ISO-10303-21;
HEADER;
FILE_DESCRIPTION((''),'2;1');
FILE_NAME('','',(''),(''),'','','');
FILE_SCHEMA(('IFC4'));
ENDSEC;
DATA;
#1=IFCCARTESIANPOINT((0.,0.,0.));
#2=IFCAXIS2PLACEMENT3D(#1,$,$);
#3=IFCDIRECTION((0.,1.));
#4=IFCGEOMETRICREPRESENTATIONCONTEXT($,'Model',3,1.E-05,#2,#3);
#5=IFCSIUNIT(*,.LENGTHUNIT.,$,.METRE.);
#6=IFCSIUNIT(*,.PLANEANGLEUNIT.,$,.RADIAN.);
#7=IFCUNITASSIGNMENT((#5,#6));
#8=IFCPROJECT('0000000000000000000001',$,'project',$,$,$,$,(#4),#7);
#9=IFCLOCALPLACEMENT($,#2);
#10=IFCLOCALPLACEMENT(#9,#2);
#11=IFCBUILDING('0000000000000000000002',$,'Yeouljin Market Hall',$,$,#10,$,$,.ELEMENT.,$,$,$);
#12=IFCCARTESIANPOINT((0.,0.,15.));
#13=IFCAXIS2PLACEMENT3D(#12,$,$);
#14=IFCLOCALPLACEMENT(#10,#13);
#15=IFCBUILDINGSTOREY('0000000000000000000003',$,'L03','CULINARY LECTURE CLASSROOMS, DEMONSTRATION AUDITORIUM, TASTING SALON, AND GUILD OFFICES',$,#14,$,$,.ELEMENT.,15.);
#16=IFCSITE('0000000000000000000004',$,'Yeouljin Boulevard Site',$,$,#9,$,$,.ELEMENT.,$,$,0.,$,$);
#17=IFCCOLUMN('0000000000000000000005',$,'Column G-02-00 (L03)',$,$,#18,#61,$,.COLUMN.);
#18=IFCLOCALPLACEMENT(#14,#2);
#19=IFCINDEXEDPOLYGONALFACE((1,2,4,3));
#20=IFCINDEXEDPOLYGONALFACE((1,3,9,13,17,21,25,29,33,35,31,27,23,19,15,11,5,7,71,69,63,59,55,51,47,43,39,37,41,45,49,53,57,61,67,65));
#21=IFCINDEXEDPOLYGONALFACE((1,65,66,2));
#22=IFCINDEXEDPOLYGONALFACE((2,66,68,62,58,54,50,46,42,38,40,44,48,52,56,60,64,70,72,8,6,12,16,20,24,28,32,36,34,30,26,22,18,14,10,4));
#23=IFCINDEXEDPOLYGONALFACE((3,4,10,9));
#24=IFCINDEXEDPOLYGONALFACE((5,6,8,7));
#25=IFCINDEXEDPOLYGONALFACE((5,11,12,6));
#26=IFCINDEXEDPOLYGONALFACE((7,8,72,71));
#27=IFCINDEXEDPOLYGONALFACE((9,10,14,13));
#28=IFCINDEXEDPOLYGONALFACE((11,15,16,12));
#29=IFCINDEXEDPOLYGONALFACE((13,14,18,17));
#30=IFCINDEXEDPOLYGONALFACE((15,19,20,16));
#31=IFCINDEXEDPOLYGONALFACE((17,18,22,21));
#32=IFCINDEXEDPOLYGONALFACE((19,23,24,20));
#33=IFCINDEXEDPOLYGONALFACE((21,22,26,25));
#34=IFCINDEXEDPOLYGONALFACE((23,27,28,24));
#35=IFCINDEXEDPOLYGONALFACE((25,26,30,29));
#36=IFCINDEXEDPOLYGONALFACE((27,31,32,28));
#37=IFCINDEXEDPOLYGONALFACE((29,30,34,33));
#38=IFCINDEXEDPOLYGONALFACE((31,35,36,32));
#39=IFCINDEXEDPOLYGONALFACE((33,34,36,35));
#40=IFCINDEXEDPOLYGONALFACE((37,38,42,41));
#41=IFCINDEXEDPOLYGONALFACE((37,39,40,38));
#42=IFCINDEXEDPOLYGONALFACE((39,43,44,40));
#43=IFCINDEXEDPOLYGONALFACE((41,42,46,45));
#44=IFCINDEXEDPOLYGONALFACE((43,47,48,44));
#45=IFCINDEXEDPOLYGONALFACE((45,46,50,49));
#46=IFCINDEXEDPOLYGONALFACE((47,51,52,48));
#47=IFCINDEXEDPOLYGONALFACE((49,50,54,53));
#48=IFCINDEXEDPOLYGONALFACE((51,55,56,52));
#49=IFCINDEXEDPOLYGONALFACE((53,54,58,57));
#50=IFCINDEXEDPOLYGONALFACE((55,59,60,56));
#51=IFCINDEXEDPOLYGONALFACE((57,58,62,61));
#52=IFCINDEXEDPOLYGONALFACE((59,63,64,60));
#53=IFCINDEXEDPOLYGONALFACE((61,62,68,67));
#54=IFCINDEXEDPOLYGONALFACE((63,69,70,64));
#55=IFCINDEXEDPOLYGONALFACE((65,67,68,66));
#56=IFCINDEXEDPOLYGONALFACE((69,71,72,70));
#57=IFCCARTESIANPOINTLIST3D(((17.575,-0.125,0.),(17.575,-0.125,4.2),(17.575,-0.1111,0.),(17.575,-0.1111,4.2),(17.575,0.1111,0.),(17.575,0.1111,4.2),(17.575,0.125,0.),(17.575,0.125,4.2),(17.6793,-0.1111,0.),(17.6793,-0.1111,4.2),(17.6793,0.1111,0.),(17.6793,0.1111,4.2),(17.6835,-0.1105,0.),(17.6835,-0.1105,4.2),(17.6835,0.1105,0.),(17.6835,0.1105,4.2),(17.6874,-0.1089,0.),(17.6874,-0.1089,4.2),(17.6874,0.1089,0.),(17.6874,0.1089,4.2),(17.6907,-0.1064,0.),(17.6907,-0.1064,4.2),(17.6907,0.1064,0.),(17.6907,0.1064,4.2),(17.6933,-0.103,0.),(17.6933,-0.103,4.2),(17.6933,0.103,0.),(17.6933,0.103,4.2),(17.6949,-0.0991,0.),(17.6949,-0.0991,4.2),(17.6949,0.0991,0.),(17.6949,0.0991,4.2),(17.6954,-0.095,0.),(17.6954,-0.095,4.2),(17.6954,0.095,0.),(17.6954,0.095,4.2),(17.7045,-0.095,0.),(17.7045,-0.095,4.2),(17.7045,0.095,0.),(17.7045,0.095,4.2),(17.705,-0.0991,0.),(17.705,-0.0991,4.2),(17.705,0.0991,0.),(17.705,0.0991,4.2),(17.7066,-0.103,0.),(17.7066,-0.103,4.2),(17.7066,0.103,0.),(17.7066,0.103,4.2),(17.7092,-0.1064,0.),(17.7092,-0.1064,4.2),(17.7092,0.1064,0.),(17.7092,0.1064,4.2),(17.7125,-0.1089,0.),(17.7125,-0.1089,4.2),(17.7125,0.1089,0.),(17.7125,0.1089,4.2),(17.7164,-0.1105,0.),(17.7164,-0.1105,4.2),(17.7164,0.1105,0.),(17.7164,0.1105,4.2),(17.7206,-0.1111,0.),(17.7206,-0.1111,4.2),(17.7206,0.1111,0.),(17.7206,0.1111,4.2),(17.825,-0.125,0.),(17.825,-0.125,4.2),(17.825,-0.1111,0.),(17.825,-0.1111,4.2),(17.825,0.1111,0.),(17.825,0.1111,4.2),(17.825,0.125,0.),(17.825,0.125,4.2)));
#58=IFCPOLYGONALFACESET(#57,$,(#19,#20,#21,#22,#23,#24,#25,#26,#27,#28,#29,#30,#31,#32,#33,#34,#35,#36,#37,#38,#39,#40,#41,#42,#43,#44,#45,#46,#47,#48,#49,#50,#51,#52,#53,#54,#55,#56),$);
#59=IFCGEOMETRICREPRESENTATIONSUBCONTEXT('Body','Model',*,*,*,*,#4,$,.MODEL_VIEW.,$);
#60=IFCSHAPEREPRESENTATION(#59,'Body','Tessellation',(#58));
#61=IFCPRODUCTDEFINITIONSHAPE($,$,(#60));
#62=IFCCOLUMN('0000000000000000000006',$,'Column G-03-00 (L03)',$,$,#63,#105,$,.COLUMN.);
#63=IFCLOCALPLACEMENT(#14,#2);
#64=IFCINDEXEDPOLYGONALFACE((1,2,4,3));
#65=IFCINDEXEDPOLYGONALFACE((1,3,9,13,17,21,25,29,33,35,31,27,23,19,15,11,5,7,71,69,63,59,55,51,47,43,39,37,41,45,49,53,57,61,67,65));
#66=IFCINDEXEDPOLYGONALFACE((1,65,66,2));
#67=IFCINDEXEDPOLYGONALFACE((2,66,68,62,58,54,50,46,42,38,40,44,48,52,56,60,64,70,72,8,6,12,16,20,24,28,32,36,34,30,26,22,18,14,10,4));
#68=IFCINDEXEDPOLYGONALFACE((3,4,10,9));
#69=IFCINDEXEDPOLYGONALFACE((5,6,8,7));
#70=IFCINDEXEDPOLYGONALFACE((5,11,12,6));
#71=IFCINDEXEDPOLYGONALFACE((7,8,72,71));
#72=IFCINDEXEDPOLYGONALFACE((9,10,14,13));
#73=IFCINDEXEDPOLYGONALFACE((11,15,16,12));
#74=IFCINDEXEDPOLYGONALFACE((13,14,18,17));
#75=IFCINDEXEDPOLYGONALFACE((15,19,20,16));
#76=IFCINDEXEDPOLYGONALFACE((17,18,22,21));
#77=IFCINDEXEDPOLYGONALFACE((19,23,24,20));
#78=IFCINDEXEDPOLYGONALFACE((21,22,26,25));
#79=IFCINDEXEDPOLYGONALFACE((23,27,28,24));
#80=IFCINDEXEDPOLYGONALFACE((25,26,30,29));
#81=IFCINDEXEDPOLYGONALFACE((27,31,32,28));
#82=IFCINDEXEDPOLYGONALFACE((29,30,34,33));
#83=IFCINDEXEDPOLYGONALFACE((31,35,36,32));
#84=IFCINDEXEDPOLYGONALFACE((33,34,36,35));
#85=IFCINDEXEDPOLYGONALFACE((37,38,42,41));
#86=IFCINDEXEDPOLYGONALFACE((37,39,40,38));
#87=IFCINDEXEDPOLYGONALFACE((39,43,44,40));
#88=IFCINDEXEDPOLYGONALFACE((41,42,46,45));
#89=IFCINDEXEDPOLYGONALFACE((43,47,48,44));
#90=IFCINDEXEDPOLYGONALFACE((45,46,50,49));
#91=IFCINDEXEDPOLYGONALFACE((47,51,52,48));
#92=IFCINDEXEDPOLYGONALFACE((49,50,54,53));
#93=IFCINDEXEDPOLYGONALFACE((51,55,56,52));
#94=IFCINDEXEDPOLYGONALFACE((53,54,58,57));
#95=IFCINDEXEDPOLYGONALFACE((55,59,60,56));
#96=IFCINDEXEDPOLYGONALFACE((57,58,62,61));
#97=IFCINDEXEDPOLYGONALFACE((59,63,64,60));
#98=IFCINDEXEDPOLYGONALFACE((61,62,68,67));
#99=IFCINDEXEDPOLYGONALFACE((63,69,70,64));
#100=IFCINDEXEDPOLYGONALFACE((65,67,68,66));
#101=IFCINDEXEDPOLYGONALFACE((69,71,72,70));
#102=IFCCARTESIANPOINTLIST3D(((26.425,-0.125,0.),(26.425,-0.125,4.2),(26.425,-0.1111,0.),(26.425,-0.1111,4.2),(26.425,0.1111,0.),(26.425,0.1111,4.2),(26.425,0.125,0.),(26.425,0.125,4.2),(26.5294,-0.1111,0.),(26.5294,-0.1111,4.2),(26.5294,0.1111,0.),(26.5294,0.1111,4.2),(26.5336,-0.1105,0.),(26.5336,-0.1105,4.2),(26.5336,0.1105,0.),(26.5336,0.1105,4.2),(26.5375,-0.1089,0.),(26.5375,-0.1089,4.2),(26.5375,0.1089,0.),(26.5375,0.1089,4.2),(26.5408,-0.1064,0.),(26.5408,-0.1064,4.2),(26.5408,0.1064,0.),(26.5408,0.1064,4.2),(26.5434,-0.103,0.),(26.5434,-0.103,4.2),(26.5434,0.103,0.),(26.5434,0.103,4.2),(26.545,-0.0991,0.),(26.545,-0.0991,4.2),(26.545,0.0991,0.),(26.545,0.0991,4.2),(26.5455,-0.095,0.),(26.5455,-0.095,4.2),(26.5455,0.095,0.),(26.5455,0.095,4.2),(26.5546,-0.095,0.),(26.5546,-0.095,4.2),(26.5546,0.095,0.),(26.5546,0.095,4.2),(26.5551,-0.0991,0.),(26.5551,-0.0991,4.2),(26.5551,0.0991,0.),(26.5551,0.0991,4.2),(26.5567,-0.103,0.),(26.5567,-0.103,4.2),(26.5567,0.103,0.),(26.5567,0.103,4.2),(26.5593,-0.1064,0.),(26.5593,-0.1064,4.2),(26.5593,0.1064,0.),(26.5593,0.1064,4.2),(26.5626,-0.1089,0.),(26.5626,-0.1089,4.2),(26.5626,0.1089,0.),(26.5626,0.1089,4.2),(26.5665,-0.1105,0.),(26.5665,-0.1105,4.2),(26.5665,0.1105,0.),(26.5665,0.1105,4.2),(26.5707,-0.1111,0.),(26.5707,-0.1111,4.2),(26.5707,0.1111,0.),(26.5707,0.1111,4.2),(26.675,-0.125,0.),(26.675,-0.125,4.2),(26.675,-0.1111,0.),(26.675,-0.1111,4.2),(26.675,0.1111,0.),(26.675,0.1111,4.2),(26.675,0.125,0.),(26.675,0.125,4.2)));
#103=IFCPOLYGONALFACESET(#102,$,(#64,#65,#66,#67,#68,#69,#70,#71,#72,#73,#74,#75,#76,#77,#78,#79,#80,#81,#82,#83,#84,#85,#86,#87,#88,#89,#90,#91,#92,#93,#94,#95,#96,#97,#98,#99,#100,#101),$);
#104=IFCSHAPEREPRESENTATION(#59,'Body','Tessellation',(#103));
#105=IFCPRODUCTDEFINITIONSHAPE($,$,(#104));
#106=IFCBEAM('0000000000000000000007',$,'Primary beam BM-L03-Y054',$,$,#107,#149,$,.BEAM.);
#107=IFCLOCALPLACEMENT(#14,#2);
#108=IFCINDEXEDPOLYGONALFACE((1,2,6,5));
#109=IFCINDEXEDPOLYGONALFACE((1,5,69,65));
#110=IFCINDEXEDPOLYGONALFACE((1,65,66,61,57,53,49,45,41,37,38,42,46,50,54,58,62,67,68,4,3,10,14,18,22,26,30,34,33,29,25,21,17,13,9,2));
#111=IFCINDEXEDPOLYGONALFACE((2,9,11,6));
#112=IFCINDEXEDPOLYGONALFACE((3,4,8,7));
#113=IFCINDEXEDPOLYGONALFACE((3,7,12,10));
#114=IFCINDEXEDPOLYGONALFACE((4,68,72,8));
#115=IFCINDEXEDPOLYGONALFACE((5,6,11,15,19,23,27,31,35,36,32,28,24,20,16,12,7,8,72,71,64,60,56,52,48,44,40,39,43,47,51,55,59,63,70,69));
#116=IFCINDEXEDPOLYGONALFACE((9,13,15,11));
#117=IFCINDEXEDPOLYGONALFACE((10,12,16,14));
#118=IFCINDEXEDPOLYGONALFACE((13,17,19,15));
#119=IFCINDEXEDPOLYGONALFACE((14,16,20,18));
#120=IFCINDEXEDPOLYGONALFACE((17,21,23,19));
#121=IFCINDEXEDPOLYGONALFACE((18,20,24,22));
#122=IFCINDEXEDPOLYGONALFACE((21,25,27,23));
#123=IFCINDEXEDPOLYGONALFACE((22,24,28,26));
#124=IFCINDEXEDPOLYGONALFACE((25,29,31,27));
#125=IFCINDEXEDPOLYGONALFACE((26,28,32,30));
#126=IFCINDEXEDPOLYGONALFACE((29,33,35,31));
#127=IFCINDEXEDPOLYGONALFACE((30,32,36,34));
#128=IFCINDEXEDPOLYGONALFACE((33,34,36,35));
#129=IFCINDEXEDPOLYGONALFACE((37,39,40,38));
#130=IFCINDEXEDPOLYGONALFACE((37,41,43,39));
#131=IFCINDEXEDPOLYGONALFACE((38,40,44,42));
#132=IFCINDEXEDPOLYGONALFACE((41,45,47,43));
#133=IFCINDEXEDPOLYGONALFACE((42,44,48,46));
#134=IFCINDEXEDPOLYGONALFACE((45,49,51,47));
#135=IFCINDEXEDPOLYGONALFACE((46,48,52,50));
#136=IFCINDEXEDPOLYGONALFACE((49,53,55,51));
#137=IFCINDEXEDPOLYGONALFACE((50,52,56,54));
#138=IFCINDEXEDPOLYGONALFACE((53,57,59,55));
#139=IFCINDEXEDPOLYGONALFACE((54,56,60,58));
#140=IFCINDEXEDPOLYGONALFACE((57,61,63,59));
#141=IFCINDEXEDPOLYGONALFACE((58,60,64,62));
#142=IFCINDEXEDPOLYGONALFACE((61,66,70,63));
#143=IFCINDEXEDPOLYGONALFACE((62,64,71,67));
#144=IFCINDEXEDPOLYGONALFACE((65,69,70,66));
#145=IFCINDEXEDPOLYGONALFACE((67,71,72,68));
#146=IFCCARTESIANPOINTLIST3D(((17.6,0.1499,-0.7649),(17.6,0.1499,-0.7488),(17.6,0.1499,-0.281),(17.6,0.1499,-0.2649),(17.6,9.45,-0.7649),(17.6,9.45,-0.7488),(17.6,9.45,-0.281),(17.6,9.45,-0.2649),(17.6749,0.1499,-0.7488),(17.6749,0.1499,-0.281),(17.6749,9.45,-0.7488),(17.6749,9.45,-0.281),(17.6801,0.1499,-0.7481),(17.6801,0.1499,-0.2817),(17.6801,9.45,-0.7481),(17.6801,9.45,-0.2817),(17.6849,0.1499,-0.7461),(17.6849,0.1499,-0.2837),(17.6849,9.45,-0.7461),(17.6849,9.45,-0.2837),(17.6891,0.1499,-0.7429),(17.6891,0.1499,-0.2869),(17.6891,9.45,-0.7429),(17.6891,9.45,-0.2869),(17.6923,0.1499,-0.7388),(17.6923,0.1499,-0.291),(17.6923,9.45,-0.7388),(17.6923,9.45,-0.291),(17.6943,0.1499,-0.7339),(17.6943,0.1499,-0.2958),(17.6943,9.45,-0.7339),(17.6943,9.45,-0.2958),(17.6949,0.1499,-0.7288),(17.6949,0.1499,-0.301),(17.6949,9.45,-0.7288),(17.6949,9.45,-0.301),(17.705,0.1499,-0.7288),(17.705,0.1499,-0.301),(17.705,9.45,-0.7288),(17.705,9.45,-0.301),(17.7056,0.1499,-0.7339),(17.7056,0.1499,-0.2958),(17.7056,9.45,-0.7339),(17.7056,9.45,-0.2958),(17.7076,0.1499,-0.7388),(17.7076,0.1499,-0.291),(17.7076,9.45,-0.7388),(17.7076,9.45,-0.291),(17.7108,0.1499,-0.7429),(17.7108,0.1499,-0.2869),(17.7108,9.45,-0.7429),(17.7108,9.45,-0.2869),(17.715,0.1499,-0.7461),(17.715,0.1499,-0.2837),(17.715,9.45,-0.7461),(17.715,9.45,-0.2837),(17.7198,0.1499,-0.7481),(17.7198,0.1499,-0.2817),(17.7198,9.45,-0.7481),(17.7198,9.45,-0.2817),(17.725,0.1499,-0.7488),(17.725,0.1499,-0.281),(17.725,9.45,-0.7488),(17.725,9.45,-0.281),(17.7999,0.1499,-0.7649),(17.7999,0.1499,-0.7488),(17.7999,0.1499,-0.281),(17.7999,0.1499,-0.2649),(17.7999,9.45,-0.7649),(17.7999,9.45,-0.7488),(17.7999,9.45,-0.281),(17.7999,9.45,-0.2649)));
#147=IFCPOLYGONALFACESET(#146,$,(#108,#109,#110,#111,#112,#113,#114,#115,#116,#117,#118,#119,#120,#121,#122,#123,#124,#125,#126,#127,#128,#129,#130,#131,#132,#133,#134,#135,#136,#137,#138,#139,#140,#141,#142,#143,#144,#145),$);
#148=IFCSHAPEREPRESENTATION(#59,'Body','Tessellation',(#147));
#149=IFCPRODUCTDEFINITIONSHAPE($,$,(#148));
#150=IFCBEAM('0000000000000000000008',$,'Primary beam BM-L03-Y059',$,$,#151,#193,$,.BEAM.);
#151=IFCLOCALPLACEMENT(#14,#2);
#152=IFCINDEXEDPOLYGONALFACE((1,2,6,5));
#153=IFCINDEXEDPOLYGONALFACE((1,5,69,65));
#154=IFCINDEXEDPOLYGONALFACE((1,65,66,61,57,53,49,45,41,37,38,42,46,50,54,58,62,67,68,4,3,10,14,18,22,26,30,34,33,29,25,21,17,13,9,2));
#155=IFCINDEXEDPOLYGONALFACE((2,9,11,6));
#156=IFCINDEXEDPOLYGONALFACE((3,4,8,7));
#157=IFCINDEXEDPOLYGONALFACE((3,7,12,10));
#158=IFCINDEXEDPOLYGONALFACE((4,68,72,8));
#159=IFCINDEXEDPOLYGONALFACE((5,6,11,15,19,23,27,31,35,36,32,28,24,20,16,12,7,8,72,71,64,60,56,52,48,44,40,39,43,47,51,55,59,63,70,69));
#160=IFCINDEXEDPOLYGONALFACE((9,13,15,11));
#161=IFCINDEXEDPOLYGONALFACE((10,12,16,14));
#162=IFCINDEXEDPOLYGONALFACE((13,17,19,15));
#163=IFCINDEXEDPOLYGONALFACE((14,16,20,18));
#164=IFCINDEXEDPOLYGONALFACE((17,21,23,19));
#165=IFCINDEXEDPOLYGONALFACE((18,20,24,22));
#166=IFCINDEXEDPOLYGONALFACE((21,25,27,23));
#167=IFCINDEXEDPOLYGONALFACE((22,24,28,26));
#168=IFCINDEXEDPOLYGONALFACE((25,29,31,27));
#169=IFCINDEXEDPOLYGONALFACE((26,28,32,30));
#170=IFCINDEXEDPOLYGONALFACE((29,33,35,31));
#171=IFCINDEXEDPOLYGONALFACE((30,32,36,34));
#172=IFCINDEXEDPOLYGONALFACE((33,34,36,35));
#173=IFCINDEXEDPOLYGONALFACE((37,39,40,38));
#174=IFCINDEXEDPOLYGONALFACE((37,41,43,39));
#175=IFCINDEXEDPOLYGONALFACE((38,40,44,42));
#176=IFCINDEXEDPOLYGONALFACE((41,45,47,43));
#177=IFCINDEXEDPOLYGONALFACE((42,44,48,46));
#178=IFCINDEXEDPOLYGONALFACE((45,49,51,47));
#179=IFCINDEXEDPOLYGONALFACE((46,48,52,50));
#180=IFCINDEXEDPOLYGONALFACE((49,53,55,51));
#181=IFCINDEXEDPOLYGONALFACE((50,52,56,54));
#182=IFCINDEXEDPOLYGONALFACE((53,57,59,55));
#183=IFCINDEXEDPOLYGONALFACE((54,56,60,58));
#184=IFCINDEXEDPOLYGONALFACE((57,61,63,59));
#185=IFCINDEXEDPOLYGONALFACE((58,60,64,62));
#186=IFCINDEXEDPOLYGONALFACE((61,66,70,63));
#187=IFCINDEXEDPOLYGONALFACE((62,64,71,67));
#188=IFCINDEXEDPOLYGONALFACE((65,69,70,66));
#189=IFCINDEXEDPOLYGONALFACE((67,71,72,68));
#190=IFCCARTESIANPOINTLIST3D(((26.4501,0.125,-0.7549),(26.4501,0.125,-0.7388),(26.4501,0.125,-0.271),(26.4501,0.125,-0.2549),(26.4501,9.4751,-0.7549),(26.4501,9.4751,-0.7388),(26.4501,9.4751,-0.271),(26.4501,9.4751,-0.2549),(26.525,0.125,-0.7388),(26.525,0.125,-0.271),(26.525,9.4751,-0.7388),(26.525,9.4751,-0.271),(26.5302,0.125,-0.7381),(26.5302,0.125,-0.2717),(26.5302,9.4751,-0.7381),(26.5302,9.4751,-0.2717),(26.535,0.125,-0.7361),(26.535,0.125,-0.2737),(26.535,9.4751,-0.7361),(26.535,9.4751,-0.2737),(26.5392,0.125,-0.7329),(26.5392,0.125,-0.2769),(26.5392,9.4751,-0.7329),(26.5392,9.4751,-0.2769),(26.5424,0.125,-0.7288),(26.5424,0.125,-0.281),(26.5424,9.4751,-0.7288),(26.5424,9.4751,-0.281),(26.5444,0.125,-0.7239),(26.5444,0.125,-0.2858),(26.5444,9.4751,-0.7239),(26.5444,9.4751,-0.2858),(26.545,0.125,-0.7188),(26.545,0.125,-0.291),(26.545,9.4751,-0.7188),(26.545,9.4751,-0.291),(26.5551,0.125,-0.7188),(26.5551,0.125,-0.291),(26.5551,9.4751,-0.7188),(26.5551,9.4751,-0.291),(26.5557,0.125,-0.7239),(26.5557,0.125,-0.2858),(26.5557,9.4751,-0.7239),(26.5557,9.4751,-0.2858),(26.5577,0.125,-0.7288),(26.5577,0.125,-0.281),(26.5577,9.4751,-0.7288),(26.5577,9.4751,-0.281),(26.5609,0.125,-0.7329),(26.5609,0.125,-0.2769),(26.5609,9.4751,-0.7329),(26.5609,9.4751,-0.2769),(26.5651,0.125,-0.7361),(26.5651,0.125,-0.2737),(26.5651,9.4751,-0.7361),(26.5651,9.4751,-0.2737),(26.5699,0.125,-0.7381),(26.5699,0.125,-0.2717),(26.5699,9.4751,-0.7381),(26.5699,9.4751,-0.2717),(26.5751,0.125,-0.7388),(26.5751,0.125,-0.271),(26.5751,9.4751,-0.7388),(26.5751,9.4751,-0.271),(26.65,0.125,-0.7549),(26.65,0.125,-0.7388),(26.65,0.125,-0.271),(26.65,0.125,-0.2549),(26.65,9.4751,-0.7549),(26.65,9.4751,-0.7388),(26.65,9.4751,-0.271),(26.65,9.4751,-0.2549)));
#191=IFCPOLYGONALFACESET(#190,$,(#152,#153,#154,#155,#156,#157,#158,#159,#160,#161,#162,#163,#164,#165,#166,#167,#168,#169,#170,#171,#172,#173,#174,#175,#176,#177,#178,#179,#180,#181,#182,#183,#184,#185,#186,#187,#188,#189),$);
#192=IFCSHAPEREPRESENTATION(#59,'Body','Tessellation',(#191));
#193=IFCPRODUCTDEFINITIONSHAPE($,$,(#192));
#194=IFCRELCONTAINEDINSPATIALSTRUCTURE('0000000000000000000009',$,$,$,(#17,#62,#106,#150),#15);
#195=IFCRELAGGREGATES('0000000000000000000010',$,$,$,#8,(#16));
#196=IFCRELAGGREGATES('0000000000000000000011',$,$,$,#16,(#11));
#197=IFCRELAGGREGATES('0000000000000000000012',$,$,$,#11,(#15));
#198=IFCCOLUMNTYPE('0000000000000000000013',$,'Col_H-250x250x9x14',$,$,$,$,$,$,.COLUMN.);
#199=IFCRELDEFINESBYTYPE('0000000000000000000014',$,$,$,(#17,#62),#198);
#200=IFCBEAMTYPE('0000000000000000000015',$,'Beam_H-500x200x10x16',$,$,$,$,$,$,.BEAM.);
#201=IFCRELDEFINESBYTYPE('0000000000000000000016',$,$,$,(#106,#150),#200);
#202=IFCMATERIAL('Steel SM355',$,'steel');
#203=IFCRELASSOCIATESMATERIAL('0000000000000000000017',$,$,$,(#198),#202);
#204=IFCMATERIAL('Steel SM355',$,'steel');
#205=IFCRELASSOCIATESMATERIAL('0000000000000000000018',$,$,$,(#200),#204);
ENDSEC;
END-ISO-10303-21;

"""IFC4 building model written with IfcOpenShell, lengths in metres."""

from ifc_helpers import new_model, si_unit, direction, frame, origin, origin_2d, place, context, subcontext, project, spatial, i_section, extrude, material, material_profile, profile_set, type_object, element, save


model = new_model("IFC4")

# Units and contexts
model_context = context("Model", 3, precision=1e-05, world=origin(), true_north=direction((0.0, 1.0)))
body_context = subcontext(model_context, "Body", "Model", "MODEL_VIEW")
ifc_project = project(units=[si_unit("LENGTHUNIT", "METRE"), si_unit("PLANEANGLEUNIT", "RADIAN")], contexts=[model_context])

# Site, building, storey
site_placement = place(None, origin())
site = spatial("IfcSite", under=ifc_project, at=site_placement, Name="Yeouljin Boulevard Site", CompositionType="ELEMENT", RefElevation=0.0)
building_placement = place(site_placement, origin())
building = spatial("IfcBuilding", under=site, at=building_placement, Name="Yeouljin Market Hall", CompositionType="ELEMENT")
storey_placement = place(building_placement, frame((0.0, 0.0, 15.0)))
storey = spatial("IfcBuildingStorey", under=building, at=storey_placement, Name="L03", Description="CULINARY LECTURE CLASSROOMS, DEMONSTRATION AUDITORIUM, TASTING SALON, AND GUILD OFFICES", CompositionType="ELEMENT", Elevation=15.0)

# Columns
ifc_material_1 = material(Name="Steel SM355", Category="steel")
ifc_material_profile_1 = material_profile(ifc_material_1, i_section(OverallWidth=0.25, OverallDepth=0.25, WebThickness=0.009, FlangeThickness=0.0139, FilletRadius=0.0161, at=origin_2d()), Name="H-250x250x9x14")
ifc_profile_set_1 = profile_set([ifc_material_profile_1], Name="Steel SM355")
column_type = type_object("IfcColumnType", Name="Col_H-250x250x9x14", PredefinedType="COLUMN", material=ifc_profile_set_1)
for number, where, z_axis, x_axis, name in (
    (1, (17.7, 0.0, 0.0), (0.0, 0.0, 1.0), (1.0, 0.0, 0.0), "Column G-02-00 (L03)"),
    (2, (26.55, 0.0, 0.0), (0.0, 0.0, 1.0), (1.0, 0.0, 0.0), "Column G-03-00 (L03)"),
):
    element("IfcColumn", number, at=place(storey_placement, frame(where, z_axis=z_axis, x_axis=x_axis)), inside=storey, type_object=column_type, Name=name, PredefinedType="COLUMN", context=body_context, shape_type="SweptSolid", body=[
        extrude(i_section(OverallWidth=0.25, OverallDepth=0.25, WebThickness=0.009, FlangeThickness=0.0139, FilletRadius=0.0161, at=origin_2d()), origin(), (0.0, 0.0, 1.0), 4.2),
    ])

# Beams
ifc_material_2 = material(Name="Steel SM355", Category="steel")
ifc_material_profile_2 = material_profile(ifc_material_2, i_section(OverallWidth=0.2, OverallDepth=0.5, WebThickness=0.01, FlangeThickness=0.0161, FilletRadius=0.02, at=origin_2d()), Name="H-500x200x10x16")
ifc_profile_set_2 = profile_set([ifc_material_profile_2], Name="Steel SM355")
beam_type_1 = type_object("IfcBeamType", Name="Beam_H-500x200x10x16", PredefinedType="BEAM", material=ifc_profile_set_2)
beam_1_placement = place(storey_placement, frame((17.7, 0.1499, -0.5149), z_axis=(0.0, 1.0, 0.0), x_axis=(-1.0, 0.0, 0.0)))
element("IfcBeam", 3, at=beam_1_placement, inside=storey, type_object=beam_type_1, Name="Primary beam BM-L03-Y054", PredefinedType="BEAM", context=body_context, shape_type="SweptSolid", body=[
    extrude(i_section(OverallWidth=0.2, OverallDepth=0.5, WebThickness=0.01, FlangeThickness=0.0161, FilletRadius=0.02, at=origin_2d()), origin(), (0.0, 0.0, 1.0), 9.3),
])
beam_2_placement = place(storey_placement, frame((26.55, 0.125, -0.5049), z_axis=(0.0, 1.0, 0.0), x_axis=(-1.0, 0.0, 0.0)))
element("IfcBeam", 4, at=beam_2_placement, inside=storey, type_object=beam_type_1, Name="Primary beam BM-L03-Y059", PredefinedType="BEAM", context=body_context, shape_type="SweptSolid", body=[
    extrude(i_section(OverallWidth=0.2, OverallDepth=0.5, WebThickness=0.01, FlangeThickness=0.0161, FilletRadius=0.02, at=origin_2d()), origin(), (0.0, 0.0, 1.0), 9.3501),
])

save(model, "model.ifc")
